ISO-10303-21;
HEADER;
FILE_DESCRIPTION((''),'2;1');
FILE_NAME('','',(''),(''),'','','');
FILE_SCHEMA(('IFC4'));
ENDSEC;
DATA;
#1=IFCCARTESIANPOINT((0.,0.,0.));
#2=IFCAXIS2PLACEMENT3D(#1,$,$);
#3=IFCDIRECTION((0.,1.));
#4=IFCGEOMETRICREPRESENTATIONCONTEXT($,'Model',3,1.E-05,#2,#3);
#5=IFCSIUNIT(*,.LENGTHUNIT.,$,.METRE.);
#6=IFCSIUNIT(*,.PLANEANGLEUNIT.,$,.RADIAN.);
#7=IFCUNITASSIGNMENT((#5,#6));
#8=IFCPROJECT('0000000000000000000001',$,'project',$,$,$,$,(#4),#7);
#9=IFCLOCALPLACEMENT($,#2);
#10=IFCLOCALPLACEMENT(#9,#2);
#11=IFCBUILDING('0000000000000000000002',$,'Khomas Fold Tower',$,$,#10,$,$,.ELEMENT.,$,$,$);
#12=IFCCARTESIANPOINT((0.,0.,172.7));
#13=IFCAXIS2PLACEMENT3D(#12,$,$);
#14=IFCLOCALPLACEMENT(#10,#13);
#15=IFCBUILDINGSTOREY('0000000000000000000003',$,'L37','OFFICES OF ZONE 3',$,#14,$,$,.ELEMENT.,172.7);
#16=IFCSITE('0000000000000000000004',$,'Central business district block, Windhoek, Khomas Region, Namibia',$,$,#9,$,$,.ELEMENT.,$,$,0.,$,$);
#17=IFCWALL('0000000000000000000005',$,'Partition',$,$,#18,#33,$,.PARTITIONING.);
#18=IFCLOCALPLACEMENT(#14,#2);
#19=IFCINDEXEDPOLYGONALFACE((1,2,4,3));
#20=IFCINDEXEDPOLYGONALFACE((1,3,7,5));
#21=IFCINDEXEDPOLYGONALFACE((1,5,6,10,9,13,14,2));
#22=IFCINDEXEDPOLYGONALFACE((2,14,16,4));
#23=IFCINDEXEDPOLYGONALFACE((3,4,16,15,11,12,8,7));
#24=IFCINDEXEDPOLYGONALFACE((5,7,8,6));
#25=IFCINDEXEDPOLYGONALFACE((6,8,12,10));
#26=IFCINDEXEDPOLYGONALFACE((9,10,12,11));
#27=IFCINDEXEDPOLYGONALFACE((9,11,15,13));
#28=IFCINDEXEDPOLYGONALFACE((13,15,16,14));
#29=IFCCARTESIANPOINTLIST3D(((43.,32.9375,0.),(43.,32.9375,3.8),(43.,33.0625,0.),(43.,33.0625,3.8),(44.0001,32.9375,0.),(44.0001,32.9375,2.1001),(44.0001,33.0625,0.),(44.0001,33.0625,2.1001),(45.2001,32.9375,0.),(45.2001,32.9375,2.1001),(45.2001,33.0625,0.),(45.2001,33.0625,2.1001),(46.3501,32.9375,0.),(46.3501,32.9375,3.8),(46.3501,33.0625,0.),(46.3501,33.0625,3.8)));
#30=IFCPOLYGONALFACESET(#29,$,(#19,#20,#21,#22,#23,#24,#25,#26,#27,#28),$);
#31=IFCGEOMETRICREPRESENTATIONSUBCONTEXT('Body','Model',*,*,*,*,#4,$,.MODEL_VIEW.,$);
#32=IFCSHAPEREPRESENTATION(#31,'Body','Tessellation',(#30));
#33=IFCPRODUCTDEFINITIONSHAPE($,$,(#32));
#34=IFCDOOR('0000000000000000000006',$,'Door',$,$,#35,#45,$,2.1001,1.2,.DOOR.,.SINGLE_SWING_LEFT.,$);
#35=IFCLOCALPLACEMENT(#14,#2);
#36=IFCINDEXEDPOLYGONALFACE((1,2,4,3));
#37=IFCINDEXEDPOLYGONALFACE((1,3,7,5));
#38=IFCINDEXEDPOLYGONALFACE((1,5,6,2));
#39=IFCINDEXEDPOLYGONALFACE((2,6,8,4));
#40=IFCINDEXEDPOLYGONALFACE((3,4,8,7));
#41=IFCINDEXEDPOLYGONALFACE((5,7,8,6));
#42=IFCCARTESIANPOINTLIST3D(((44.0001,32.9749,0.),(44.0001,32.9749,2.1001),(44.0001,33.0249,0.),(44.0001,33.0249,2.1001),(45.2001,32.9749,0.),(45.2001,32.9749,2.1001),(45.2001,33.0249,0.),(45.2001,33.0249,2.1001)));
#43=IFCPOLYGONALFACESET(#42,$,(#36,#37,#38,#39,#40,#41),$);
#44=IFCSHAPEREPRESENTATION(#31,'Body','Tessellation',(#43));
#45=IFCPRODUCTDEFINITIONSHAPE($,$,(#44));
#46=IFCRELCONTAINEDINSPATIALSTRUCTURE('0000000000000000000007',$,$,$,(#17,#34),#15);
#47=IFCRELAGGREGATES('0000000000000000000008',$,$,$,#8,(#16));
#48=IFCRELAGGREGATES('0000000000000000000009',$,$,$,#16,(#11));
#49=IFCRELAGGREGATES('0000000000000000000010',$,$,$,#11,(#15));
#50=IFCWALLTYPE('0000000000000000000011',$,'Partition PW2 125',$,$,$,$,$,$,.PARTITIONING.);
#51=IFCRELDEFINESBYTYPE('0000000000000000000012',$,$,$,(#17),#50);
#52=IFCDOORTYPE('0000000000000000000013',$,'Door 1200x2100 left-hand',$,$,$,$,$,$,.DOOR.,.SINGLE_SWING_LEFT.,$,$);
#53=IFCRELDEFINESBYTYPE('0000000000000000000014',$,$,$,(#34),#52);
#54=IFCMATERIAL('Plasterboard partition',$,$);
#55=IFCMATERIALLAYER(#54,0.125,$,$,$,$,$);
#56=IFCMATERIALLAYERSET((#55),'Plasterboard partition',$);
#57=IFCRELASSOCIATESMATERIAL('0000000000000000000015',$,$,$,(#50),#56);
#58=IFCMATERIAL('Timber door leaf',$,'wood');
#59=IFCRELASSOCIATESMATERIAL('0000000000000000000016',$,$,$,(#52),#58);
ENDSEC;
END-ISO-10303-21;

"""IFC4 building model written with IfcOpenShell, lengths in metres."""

from ifc_helpers import new_model, si_unit, direction, frame, frame_2d, origin, place, context, subcontext, project, spatial, rectangle, extrude, source, transform, mapped, material, layer, layer_set, type_object, element, fill, save


model = new_model("IFC4")

# Units and contexts
model_context = context("Model", 3, precision=1e-05, world=origin(), true_north=direction((0.0, 1.0)))
body_context = subcontext(model_context, "Body", "Model", "MODEL_VIEW")
ifc_project = project(units=[si_unit("LENGTHUNIT", "METRE"), si_unit("PLANEANGLEUNIT", "RADIAN")], contexts=[model_context])

# Site, building, storey
site_placement = place(None, origin())
site = spatial("IfcSite", under=ifc_project, at=site_placement, Name="Central business district block, Windhoek, Khomas Region, Namibia", CompositionType="ELEMENT", RefElevation=0.0)
building_placement = place(site_placement, origin())
building = spatial("IfcBuilding", under=site, at=building_placement, Name="Khomas Fold Tower", CompositionType="ELEMENT")
storey_placement = place(building_placement, frame((0.0, 0.0, 172.7)))
storey = spatial("IfcBuildingStorey", under=building, at=storey_placement, Name="L37", Description="OFFICES OF ZONE 3", CompositionType="ELEMENT", Elevation=172.7)

# Wall, opening, door
ifc_material_1 = material(Name="Plasterboard partition")
ifc_layer_1 = layer(ifc_material_1, 0.125)
ifc_layer_set_1 = layer_set([ifc_layer_1], Name="Plasterboard partition")
wall_type_1 = type_object("IfcWallType", Name="Partition PW2 125", PredefinedType="PARTITIONING", material=ifc_layer_set_1)
shared_shape_1 = source(origin(), body_context, "Body", "SweptSolid", [
    extrude(rectangle(XDim=3.3501, YDim=0.125, at=frame_2d((1.675, 0.0))), origin(), (0.0, 0.0, 1.0), 3.8),
])
wall_1_placement = place(storey_placement, frame((43.0, 33.0, 0.0), z_axis=(0.0, 0.0, 1.0), x_axis=(1.0, 0.0, 0.0)))
wall_1 = element("IfcWall", 1, at=wall_1_placement, inside=storey, type_object=wall_type_1, Name="Partition", PredefinedType="PARTITIONING", context=body_context, shape_type="MappedRepresentation", body=[
    mapped(shared_shape_1, transform((0.0, 0.0, 0.0))),
])
shared_shape_2 = source(origin(), body_context, "Body", "SweptSolid", [
    extrude(rectangle(XDim=1.2, YDim=2.1001, at=frame_2d((0.6001, 1.05))), frame((0.0, 0.0725, 0.0), z_axis=(0.0, -1.0, 0.0), x_axis=(1.0, 0.0, 0.0)), (0.0, 0.0, 1.0), 0.145),
])
opening_placement = place(wall_1_placement, frame((1.0, 0.0, 0.0)))
opening = element("IfcOpeningElement", 2, at=opening_placement, cuts=wall_1, PredefinedType="OPENING", context=body_context, shape_type="MappedRepresentation", body=[
    mapped(shared_shape_2, transform((0.0, 0.0, 0.0))),
])
ifc_material_2 = material(Name="Timber door leaf", Category="wood")
door_type = type_object("IfcDoorType", Name="Door 1200x2100 left-hand", OperationType="SINGLE_SWING_LEFT", PredefinedType="DOOR", material=ifc_material_2)
shared_shape_3 = source(origin(), body_context, "Body", "SweptSolid", [
    extrude(rectangle(XDim=1.2, YDim=2.1001, at=frame_2d((0.6001, 1.05))), frame((0.0, 0.0249, 0.0), z_axis=(0.0, -1.0, 0.0), x_axis=(1.0, 0.0, 0.0)), (0.0, 0.0, 1.0), 0.05),
])
door_placement = place(opening_placement, origin())
door = element("IfcDoor", 3, at=door_placement, inside=storey, type_object=door_type, Name="Door", OperationType="SINGLE_SWING_LEFT", OverallHeight=2.1001, OverallWidth=1.2, PredefinedType="DOOR", context=body_context, shape_type="MappedRepresentation", body=[
    mapped(shared_shape_3, transform((0.0, 0.0, 0.0))),
])
fill(opening, door)

save(model, "model.ifc")
